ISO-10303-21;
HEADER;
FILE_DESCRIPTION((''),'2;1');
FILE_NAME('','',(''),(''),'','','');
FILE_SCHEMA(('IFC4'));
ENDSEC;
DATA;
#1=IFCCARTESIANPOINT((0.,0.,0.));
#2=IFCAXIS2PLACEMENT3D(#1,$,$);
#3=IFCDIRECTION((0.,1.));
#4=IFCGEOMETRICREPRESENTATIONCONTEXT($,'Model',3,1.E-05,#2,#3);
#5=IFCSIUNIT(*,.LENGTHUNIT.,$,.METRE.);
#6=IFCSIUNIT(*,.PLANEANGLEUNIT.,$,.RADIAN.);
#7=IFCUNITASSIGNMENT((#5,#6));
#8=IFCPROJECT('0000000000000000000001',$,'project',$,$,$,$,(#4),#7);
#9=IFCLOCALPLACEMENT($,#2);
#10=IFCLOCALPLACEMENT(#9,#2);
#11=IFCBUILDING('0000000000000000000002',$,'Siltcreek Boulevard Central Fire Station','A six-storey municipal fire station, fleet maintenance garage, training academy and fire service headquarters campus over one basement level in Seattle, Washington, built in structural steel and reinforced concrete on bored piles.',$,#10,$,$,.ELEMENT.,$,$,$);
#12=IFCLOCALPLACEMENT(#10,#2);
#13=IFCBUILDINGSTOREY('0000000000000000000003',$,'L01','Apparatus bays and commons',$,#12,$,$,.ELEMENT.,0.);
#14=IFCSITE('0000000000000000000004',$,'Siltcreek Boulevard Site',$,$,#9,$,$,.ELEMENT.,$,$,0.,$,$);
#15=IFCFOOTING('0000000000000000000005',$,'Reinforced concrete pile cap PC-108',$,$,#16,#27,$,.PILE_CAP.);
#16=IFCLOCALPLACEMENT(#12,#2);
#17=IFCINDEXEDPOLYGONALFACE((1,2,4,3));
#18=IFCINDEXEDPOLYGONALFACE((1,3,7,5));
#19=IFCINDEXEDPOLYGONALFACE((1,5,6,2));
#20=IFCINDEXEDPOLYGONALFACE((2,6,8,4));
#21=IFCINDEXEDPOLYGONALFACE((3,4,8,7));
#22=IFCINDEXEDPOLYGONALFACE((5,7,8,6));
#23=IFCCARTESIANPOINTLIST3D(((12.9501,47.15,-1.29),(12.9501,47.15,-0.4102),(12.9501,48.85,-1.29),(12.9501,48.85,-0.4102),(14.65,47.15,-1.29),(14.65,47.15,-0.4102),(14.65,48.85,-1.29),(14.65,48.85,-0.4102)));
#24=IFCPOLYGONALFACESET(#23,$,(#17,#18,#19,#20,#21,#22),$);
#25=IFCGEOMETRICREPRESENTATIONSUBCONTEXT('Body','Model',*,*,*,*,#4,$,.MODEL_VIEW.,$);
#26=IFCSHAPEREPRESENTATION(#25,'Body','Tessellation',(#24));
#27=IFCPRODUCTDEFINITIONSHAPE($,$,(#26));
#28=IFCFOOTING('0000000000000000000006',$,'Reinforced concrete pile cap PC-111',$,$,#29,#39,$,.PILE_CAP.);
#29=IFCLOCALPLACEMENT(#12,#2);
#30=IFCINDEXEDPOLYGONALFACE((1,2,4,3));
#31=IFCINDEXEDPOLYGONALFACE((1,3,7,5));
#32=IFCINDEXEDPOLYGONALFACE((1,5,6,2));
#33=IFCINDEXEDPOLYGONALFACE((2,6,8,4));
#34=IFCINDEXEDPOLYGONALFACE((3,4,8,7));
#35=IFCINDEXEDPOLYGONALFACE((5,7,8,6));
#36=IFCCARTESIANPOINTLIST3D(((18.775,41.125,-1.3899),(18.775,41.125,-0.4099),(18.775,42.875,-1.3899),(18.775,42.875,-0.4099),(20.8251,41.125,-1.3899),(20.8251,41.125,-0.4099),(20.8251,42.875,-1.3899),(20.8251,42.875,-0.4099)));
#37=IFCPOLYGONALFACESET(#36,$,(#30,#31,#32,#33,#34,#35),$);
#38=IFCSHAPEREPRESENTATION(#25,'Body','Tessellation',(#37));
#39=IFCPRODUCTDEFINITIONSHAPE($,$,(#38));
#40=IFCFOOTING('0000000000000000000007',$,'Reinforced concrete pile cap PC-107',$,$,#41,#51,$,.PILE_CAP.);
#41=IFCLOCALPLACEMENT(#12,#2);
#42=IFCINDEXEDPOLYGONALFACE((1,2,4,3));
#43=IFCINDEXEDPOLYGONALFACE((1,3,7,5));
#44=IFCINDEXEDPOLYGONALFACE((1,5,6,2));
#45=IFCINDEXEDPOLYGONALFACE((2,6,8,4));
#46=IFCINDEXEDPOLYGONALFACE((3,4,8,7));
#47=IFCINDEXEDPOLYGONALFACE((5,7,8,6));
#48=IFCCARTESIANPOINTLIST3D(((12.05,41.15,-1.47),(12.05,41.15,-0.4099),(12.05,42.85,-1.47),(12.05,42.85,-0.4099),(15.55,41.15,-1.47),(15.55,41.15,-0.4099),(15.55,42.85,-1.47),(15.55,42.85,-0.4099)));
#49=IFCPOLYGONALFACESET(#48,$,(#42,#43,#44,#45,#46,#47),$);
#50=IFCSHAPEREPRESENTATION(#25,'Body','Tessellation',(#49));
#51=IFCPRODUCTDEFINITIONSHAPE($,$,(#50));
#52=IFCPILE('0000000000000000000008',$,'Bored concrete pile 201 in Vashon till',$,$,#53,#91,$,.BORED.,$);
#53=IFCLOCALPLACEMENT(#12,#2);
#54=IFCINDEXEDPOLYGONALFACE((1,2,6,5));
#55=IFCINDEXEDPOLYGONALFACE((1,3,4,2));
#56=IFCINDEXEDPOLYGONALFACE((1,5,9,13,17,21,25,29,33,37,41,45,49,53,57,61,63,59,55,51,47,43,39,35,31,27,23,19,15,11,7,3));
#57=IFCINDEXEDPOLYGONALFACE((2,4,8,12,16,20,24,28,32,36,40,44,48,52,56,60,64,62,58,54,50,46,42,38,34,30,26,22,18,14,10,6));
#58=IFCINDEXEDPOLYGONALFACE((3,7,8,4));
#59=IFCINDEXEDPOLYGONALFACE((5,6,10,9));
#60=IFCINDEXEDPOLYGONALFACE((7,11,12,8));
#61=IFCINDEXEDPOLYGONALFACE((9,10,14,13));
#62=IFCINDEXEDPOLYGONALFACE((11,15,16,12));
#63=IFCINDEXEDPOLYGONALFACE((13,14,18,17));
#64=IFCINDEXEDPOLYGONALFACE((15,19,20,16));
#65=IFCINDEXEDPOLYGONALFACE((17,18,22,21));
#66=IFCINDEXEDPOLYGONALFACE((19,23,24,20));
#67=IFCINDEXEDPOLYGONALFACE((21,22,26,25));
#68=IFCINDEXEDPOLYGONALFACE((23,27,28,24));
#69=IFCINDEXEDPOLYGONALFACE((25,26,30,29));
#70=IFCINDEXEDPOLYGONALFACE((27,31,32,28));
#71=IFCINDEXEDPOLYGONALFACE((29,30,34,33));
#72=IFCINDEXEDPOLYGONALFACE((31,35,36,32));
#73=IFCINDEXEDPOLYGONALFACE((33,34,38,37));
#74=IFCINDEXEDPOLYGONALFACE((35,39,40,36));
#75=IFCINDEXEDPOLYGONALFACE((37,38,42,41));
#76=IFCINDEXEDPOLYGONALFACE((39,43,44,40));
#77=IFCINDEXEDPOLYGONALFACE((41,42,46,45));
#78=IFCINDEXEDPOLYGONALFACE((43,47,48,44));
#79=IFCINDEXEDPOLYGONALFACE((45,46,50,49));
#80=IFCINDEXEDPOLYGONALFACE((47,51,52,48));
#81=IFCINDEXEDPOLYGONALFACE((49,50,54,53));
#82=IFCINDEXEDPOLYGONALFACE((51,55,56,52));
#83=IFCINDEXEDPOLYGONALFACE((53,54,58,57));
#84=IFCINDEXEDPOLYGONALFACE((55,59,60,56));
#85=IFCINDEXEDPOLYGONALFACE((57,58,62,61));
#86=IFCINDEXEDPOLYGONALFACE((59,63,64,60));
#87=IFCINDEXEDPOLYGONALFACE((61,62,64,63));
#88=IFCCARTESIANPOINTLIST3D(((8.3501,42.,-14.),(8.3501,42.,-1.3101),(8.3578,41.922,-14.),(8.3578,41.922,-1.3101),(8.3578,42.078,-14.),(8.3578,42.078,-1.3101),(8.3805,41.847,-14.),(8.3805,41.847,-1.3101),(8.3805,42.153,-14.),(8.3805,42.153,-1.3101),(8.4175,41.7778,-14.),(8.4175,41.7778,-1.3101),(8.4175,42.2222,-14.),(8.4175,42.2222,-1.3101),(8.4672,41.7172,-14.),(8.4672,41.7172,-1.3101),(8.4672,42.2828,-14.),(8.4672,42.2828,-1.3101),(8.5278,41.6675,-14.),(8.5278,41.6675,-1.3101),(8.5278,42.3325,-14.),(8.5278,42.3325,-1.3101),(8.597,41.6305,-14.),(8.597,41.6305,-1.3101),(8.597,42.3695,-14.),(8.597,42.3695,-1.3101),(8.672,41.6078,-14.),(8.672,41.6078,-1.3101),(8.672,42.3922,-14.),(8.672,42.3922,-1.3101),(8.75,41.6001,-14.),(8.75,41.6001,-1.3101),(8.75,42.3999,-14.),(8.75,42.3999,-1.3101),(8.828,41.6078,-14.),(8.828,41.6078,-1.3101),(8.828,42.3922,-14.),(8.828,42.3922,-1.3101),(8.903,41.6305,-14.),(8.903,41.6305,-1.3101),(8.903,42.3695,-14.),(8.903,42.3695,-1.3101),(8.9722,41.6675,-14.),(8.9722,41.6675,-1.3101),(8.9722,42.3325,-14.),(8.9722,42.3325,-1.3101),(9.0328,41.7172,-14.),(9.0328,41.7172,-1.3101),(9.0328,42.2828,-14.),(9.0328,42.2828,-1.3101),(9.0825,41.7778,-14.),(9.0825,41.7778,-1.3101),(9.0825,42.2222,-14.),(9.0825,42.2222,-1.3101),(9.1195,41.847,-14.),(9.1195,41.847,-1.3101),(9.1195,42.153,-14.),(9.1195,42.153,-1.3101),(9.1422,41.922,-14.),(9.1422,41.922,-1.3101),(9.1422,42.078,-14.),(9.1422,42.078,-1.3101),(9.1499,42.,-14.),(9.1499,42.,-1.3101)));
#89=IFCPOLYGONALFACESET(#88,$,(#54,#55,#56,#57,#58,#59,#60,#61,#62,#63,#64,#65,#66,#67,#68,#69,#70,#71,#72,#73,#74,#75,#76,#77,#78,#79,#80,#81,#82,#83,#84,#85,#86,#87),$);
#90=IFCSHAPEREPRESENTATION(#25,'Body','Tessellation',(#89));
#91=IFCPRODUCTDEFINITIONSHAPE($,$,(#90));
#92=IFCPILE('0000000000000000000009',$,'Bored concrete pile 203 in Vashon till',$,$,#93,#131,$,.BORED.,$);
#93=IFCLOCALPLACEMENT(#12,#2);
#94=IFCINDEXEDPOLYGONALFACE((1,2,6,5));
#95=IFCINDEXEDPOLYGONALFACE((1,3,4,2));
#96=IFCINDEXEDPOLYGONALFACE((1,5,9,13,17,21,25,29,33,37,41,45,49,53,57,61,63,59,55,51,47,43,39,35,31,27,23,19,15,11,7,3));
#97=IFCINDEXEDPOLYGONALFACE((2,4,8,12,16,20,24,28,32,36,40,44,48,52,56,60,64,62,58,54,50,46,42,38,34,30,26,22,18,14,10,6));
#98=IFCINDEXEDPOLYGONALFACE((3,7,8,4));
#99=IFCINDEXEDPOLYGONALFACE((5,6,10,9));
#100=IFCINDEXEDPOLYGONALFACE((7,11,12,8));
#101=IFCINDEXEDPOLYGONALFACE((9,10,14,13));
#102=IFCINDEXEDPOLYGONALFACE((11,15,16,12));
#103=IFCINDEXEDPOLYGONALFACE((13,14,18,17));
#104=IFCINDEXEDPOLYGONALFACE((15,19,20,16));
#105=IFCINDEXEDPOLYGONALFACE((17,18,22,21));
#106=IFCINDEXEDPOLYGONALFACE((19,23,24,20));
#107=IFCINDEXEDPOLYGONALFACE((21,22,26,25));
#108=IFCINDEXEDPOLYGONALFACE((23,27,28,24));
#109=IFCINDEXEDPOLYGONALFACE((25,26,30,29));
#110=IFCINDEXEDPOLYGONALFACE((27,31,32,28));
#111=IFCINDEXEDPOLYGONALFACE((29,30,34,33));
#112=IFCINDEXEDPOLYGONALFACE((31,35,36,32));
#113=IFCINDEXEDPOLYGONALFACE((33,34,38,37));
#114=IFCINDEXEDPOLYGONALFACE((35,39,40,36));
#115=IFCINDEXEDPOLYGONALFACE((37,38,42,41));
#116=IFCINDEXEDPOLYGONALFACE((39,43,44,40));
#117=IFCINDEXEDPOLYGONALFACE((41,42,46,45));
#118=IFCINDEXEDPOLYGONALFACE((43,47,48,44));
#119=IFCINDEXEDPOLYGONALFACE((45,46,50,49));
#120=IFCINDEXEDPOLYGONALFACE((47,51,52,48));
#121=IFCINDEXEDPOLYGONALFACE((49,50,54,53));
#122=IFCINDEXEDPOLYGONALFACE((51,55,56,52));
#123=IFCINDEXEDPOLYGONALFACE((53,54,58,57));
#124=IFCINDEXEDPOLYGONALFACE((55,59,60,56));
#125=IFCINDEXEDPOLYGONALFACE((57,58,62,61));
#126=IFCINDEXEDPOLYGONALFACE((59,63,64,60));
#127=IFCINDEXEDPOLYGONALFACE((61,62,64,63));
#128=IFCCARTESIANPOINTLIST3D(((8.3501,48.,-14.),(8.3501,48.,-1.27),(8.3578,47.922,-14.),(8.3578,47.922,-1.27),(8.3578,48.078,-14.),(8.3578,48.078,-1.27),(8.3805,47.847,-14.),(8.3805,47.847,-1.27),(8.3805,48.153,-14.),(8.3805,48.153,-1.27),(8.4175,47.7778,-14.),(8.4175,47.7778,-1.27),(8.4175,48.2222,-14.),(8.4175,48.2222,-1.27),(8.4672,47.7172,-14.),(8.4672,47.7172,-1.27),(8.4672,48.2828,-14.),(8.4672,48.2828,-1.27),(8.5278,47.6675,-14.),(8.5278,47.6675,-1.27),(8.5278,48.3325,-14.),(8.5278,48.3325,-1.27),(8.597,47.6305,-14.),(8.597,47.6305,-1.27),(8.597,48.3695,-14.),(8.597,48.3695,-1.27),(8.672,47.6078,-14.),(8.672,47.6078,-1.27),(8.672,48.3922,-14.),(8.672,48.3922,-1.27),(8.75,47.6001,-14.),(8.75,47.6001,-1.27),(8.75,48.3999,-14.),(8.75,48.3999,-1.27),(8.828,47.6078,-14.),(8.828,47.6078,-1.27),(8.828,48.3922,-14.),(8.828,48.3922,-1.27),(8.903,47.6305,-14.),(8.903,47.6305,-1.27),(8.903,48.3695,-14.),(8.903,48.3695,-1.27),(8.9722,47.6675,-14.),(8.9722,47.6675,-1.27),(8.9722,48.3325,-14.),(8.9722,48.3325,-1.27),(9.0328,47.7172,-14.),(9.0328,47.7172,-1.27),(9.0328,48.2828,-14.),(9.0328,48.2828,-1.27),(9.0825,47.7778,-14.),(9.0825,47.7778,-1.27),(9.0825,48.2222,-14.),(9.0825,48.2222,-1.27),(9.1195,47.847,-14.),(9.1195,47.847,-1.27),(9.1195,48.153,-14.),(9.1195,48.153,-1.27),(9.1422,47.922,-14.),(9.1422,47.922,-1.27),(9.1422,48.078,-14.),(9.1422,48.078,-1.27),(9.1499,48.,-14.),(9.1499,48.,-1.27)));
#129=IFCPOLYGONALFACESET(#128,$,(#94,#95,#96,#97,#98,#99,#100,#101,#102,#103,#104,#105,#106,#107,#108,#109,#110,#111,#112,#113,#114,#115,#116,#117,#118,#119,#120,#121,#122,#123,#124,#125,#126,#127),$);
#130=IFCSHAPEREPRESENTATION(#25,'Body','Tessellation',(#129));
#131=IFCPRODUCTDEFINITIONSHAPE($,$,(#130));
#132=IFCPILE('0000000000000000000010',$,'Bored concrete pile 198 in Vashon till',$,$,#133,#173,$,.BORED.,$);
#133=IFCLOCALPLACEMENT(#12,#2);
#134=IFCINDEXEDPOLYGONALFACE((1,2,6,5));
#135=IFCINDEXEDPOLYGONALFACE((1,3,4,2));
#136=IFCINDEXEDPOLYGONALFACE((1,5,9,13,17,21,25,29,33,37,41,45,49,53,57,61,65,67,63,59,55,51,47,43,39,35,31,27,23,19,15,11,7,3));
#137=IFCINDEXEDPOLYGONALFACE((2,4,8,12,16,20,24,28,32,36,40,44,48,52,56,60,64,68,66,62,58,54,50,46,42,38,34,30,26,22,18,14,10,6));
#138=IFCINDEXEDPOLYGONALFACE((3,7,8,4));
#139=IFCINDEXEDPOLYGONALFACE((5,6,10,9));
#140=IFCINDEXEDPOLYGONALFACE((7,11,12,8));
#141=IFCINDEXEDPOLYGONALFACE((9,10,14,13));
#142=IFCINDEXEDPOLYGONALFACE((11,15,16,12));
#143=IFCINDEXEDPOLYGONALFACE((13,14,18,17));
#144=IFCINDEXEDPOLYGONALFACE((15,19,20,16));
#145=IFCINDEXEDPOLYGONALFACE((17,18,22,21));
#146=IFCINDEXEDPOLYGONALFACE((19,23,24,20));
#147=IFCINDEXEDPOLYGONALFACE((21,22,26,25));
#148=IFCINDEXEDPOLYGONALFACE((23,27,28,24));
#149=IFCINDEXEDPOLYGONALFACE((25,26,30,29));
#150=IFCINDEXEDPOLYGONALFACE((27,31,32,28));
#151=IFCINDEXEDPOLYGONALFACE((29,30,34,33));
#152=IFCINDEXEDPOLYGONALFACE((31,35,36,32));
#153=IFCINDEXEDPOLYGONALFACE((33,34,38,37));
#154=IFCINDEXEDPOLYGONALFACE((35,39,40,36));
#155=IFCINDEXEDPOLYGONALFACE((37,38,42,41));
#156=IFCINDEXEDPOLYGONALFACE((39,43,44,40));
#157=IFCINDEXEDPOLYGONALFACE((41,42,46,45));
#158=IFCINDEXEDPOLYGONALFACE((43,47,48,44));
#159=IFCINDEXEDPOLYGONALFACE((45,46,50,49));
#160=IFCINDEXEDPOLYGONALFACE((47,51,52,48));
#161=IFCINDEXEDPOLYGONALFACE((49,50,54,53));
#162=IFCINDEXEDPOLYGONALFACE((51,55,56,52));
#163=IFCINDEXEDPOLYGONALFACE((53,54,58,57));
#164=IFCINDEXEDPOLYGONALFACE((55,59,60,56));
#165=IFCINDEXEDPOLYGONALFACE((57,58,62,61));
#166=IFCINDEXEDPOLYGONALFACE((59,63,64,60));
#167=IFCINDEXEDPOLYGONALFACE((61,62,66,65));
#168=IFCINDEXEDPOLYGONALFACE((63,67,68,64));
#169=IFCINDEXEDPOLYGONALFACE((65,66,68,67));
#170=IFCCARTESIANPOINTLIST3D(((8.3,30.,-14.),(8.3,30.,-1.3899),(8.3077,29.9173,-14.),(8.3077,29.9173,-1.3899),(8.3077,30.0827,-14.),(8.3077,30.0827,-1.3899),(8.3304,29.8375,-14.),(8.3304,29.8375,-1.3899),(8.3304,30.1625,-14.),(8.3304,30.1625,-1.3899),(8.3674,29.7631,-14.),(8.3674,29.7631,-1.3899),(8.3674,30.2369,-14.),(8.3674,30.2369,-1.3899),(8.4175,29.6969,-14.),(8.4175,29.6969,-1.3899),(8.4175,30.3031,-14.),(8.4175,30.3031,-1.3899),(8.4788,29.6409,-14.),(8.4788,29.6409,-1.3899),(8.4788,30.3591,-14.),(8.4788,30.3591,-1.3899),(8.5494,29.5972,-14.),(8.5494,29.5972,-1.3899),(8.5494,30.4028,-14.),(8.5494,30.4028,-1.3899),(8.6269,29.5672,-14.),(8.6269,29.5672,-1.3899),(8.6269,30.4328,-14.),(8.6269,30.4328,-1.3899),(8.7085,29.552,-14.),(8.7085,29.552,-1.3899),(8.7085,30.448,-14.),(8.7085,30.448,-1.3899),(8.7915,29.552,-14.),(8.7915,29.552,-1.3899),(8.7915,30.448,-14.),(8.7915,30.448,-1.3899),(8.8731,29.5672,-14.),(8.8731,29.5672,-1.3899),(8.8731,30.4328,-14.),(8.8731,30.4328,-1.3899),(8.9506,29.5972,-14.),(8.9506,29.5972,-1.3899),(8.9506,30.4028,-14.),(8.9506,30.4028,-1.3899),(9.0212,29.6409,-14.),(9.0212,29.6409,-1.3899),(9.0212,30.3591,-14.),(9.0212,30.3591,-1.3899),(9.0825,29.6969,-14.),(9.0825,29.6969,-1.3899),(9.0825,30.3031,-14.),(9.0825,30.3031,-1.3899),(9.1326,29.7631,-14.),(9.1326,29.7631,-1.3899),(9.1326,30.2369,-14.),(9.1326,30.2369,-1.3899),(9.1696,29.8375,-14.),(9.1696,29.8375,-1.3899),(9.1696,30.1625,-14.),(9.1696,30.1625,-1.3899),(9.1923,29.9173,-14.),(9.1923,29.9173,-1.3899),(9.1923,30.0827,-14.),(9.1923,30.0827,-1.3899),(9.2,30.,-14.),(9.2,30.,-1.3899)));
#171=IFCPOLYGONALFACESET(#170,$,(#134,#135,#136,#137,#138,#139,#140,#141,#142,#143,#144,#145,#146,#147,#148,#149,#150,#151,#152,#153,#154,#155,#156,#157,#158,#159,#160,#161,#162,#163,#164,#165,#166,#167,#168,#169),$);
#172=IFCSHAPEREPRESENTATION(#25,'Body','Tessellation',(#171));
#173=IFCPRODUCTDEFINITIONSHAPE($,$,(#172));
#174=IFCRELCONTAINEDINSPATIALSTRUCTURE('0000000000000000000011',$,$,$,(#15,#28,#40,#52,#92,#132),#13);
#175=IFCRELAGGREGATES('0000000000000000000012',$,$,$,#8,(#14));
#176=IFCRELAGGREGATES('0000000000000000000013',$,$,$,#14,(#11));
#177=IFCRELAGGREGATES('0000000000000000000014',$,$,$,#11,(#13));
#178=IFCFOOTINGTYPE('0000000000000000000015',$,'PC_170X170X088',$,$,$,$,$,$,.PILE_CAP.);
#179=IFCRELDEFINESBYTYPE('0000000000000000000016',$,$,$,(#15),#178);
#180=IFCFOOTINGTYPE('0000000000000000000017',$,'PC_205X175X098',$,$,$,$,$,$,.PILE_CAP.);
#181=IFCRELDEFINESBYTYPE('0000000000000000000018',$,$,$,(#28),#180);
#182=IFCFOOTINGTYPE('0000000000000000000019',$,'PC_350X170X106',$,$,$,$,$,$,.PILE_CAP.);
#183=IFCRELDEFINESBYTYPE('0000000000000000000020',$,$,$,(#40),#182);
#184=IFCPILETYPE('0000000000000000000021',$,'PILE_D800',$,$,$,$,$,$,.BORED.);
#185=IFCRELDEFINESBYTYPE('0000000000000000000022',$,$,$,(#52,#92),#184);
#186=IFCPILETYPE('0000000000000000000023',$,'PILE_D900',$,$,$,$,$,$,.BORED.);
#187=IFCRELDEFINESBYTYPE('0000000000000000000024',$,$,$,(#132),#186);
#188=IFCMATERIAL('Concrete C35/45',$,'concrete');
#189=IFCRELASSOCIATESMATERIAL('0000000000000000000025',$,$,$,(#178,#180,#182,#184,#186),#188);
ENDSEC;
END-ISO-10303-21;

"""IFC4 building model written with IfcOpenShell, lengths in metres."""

from ifc_helpers import new_model, si_unit, direction, frame, origin, origin_2d, place, context, subcontext, project, spatial, rectangle, circle, extrude, material, material_profile, profile_set, type_object, element, save


model = new_model("IFC4")

# Units and contexts
model_context = context("Model", 3, precision=1e-05, world=origin(), true_north=direction((0.0, 1.0)))
body_context = subcontext(model_context, "Body", "Model", "MODEL_VIEW")
ifc_project = project(units=[si_unit("LENGTHUNIT", "METRE"), si_unit("PLANEANGLEUNIT", "RADIAN")], contexts=[model_context])

# Site, building, storey
site_placement = place(None, origin())
site = spatial("IfcSite", under=ifc_project, at=site_placement, Name="Siltcreek Boulevard Site", CompositionType="ELEMENT", RefElevation=0.0)
building_placement = place(site_placement, origin())
building = spatial("IfcBuilding", under=site, at=building_placement, Name="Siltcreek Boulevard Central Fire Station", Description="A six-storey municipal fire station, fleet maintenance garage, training academy and fire service headquarters campus over one basement level in Seattle, Washington, built in structural steel and reinforced concrete on bored piles.", CompositionType="ELEMENT")
storey_placement = place(building_placement, origin())
storey = spatial("IfcBuildingStorey", under=building, at=storey_placement, Name="L01", Description="Apparatus bays and commons", CompositionType="ELEMENT", Elevation=0.0)

# Footings
ifc_material_1 = material(Name="Concrete C35/45", Category="concrete")
footing_type_1 = type_object("IfcFootingType", Name="PC_170X170X088", PredefinedType="PILE_CAP", material=ifc_material_1)
footing_1_placement = place(storey_placement, frame((13.8, 48.0, -1.29), z_axis=(0.0, 0.0, 1.0), x_axis=(1.0, 0.0, 0.0)))
element("IfcFooting", 1, at=footing_1_placement, inside=storey, type_object=footing_type_1, Name="Reinforced concrete pile cap PC-108", PredefinedType="PILE_CAP", context=body_context, shape_type="SweptSolid", body=[
    extrude(rectangle(XDim=1.7, YDim=1.7, at=origin_2d()), origin(), (0.0, 0.0, 1.0), 0.8799),
])
footing_type_2 = type_object("IfcFootingType", Name="PC_205X175X098", PredefinedType="PILE_CAP", material=ifc_material_1)
footing_2_placement = place(storey_placement, frame((19.8, 42.0, -1.3899), z_axis=(0.0, 0.0, 1.0), x_axis=(1.0, 0.0, 0.0)))
element("IfcFooting", 2, at=footing_2_placement, inside=storey, type_object=footing_type_2, Name="Reinforced concrete pile cap PC-111", PredefinedType="PILE_CAP", context=body_context, shape_type="SweptSolid", body=[
    extrude(rectangle(XDim=2.05, YDim=1.75, at=origin_2d()), origin(), (0.0, 0.0, 1.0), 0.98),
])
footing_type_3 = type_object("IfcFootingType", Name="PC_350X170X106", PredefinedType="PILE_CAP", material=ifc_material_1)
footing_3_placement = place(storey_placement, frame((13.8, 42.0, -1.47), z_axis=(0.0, 0.0, 1.0), x_axis=(1.0, 0.0, 0.0)))
element("IfcFooting", 3, at=footing_3_placement, inside=storey, type_object=footing_type_3, Name="Reinforced concrete pile cap PC-107", PredefinedType="PILE_CAP", context=body_context, shape_type="SweptSolid", body=[
    extrude(rectangle(XDim=3.5, YDim=1.7, at=origin_2d()), origin(), (0.0, 0.0, 1.0), 1.0601),
])

# Piles
ifc_material_profile_1 = material_profile(ifc_material_1, circle(Radius=0.3999, at=origin_2d()), Name="SHAFT800")
ifc_profile_set_1 = profile_set([ifc_material_profile_1], Name="Concrete C35/45")
pile_type_1 = type_object("IfcPileType", Name="PILE_D800", PredefinedType="BORED", material=ifc_profile_set_1)
pile_1_placement = place(storey_placement, frame((8.75, 42.0, -1.3101), z_axis=(0.0, 0.0, -1.0), x_axis=(1.0, 0.0, 0.0)))
element("IfcPile", 4, at=pile_1_placement, inside=storey, type_object=pile_type_1, Name="Bored concrete pile 201 in Vashon till", PredefinedType="BORED", context=body_context, shape_type="SweptSolid", body=[
    extrude(circle(Radius=0.3999, at=origin_2d()), origin(), (0.0, 0.0, 1.0), 12.6899),
])
pile_2_placement = place(storey_placement, frame((8.75, 48.0, -1.27), z_axis=(0.0, 0.0, -1.0), x_axis=(1.0, 0.0, 0.0)))
element("IfcPile", 5, at=pile_2_placement, inside=storey, type_object=pile_type_1, Name="Bored concrete pile 203 in Vashon till", PredefinedType="BORED", context=body_context, shape_type="SweptSolid", body=[
    extrude(circle(Radius=0.3999, at=origin_2d()), origin(), (0.0, 0.0, 1.0), 12.73),
])
ifc_material_profile_2 = material_profile(ifc_material_1, circle(Radius=0.45, at=origin_2d()), Name="SHAFT900")
ifc_profile_set_2 = profile_set([ifc_material_profile_2], Name="Concrete C35/45")
pile_type_2 = type_object("IfcPileType", Name="PILE_D900", PredefinedType="BORED", material=ifc_profile_set_2)
pile_3_placement = place(storey_placement, frame((8.75, 30.0, -1.3899), z_axis=(0.0, 0.0, -1.0), x_axis=(1.0, 0.0, 0.0)))
element("IfcPile", 6, at=pile_3_placement, inside=storey, type_object=pile_type_2, Name="Bored concrete pile 198 in Vashon till", PredefinedType="BORED", context=body_context, shape_type="SweptSolid", body=[
    extrude(circle(Radius=0.45, at=origin_2d()), origin(), (0.0, 0.0, 1.0), 12.6101),
])

save(model, "model.ifc")
